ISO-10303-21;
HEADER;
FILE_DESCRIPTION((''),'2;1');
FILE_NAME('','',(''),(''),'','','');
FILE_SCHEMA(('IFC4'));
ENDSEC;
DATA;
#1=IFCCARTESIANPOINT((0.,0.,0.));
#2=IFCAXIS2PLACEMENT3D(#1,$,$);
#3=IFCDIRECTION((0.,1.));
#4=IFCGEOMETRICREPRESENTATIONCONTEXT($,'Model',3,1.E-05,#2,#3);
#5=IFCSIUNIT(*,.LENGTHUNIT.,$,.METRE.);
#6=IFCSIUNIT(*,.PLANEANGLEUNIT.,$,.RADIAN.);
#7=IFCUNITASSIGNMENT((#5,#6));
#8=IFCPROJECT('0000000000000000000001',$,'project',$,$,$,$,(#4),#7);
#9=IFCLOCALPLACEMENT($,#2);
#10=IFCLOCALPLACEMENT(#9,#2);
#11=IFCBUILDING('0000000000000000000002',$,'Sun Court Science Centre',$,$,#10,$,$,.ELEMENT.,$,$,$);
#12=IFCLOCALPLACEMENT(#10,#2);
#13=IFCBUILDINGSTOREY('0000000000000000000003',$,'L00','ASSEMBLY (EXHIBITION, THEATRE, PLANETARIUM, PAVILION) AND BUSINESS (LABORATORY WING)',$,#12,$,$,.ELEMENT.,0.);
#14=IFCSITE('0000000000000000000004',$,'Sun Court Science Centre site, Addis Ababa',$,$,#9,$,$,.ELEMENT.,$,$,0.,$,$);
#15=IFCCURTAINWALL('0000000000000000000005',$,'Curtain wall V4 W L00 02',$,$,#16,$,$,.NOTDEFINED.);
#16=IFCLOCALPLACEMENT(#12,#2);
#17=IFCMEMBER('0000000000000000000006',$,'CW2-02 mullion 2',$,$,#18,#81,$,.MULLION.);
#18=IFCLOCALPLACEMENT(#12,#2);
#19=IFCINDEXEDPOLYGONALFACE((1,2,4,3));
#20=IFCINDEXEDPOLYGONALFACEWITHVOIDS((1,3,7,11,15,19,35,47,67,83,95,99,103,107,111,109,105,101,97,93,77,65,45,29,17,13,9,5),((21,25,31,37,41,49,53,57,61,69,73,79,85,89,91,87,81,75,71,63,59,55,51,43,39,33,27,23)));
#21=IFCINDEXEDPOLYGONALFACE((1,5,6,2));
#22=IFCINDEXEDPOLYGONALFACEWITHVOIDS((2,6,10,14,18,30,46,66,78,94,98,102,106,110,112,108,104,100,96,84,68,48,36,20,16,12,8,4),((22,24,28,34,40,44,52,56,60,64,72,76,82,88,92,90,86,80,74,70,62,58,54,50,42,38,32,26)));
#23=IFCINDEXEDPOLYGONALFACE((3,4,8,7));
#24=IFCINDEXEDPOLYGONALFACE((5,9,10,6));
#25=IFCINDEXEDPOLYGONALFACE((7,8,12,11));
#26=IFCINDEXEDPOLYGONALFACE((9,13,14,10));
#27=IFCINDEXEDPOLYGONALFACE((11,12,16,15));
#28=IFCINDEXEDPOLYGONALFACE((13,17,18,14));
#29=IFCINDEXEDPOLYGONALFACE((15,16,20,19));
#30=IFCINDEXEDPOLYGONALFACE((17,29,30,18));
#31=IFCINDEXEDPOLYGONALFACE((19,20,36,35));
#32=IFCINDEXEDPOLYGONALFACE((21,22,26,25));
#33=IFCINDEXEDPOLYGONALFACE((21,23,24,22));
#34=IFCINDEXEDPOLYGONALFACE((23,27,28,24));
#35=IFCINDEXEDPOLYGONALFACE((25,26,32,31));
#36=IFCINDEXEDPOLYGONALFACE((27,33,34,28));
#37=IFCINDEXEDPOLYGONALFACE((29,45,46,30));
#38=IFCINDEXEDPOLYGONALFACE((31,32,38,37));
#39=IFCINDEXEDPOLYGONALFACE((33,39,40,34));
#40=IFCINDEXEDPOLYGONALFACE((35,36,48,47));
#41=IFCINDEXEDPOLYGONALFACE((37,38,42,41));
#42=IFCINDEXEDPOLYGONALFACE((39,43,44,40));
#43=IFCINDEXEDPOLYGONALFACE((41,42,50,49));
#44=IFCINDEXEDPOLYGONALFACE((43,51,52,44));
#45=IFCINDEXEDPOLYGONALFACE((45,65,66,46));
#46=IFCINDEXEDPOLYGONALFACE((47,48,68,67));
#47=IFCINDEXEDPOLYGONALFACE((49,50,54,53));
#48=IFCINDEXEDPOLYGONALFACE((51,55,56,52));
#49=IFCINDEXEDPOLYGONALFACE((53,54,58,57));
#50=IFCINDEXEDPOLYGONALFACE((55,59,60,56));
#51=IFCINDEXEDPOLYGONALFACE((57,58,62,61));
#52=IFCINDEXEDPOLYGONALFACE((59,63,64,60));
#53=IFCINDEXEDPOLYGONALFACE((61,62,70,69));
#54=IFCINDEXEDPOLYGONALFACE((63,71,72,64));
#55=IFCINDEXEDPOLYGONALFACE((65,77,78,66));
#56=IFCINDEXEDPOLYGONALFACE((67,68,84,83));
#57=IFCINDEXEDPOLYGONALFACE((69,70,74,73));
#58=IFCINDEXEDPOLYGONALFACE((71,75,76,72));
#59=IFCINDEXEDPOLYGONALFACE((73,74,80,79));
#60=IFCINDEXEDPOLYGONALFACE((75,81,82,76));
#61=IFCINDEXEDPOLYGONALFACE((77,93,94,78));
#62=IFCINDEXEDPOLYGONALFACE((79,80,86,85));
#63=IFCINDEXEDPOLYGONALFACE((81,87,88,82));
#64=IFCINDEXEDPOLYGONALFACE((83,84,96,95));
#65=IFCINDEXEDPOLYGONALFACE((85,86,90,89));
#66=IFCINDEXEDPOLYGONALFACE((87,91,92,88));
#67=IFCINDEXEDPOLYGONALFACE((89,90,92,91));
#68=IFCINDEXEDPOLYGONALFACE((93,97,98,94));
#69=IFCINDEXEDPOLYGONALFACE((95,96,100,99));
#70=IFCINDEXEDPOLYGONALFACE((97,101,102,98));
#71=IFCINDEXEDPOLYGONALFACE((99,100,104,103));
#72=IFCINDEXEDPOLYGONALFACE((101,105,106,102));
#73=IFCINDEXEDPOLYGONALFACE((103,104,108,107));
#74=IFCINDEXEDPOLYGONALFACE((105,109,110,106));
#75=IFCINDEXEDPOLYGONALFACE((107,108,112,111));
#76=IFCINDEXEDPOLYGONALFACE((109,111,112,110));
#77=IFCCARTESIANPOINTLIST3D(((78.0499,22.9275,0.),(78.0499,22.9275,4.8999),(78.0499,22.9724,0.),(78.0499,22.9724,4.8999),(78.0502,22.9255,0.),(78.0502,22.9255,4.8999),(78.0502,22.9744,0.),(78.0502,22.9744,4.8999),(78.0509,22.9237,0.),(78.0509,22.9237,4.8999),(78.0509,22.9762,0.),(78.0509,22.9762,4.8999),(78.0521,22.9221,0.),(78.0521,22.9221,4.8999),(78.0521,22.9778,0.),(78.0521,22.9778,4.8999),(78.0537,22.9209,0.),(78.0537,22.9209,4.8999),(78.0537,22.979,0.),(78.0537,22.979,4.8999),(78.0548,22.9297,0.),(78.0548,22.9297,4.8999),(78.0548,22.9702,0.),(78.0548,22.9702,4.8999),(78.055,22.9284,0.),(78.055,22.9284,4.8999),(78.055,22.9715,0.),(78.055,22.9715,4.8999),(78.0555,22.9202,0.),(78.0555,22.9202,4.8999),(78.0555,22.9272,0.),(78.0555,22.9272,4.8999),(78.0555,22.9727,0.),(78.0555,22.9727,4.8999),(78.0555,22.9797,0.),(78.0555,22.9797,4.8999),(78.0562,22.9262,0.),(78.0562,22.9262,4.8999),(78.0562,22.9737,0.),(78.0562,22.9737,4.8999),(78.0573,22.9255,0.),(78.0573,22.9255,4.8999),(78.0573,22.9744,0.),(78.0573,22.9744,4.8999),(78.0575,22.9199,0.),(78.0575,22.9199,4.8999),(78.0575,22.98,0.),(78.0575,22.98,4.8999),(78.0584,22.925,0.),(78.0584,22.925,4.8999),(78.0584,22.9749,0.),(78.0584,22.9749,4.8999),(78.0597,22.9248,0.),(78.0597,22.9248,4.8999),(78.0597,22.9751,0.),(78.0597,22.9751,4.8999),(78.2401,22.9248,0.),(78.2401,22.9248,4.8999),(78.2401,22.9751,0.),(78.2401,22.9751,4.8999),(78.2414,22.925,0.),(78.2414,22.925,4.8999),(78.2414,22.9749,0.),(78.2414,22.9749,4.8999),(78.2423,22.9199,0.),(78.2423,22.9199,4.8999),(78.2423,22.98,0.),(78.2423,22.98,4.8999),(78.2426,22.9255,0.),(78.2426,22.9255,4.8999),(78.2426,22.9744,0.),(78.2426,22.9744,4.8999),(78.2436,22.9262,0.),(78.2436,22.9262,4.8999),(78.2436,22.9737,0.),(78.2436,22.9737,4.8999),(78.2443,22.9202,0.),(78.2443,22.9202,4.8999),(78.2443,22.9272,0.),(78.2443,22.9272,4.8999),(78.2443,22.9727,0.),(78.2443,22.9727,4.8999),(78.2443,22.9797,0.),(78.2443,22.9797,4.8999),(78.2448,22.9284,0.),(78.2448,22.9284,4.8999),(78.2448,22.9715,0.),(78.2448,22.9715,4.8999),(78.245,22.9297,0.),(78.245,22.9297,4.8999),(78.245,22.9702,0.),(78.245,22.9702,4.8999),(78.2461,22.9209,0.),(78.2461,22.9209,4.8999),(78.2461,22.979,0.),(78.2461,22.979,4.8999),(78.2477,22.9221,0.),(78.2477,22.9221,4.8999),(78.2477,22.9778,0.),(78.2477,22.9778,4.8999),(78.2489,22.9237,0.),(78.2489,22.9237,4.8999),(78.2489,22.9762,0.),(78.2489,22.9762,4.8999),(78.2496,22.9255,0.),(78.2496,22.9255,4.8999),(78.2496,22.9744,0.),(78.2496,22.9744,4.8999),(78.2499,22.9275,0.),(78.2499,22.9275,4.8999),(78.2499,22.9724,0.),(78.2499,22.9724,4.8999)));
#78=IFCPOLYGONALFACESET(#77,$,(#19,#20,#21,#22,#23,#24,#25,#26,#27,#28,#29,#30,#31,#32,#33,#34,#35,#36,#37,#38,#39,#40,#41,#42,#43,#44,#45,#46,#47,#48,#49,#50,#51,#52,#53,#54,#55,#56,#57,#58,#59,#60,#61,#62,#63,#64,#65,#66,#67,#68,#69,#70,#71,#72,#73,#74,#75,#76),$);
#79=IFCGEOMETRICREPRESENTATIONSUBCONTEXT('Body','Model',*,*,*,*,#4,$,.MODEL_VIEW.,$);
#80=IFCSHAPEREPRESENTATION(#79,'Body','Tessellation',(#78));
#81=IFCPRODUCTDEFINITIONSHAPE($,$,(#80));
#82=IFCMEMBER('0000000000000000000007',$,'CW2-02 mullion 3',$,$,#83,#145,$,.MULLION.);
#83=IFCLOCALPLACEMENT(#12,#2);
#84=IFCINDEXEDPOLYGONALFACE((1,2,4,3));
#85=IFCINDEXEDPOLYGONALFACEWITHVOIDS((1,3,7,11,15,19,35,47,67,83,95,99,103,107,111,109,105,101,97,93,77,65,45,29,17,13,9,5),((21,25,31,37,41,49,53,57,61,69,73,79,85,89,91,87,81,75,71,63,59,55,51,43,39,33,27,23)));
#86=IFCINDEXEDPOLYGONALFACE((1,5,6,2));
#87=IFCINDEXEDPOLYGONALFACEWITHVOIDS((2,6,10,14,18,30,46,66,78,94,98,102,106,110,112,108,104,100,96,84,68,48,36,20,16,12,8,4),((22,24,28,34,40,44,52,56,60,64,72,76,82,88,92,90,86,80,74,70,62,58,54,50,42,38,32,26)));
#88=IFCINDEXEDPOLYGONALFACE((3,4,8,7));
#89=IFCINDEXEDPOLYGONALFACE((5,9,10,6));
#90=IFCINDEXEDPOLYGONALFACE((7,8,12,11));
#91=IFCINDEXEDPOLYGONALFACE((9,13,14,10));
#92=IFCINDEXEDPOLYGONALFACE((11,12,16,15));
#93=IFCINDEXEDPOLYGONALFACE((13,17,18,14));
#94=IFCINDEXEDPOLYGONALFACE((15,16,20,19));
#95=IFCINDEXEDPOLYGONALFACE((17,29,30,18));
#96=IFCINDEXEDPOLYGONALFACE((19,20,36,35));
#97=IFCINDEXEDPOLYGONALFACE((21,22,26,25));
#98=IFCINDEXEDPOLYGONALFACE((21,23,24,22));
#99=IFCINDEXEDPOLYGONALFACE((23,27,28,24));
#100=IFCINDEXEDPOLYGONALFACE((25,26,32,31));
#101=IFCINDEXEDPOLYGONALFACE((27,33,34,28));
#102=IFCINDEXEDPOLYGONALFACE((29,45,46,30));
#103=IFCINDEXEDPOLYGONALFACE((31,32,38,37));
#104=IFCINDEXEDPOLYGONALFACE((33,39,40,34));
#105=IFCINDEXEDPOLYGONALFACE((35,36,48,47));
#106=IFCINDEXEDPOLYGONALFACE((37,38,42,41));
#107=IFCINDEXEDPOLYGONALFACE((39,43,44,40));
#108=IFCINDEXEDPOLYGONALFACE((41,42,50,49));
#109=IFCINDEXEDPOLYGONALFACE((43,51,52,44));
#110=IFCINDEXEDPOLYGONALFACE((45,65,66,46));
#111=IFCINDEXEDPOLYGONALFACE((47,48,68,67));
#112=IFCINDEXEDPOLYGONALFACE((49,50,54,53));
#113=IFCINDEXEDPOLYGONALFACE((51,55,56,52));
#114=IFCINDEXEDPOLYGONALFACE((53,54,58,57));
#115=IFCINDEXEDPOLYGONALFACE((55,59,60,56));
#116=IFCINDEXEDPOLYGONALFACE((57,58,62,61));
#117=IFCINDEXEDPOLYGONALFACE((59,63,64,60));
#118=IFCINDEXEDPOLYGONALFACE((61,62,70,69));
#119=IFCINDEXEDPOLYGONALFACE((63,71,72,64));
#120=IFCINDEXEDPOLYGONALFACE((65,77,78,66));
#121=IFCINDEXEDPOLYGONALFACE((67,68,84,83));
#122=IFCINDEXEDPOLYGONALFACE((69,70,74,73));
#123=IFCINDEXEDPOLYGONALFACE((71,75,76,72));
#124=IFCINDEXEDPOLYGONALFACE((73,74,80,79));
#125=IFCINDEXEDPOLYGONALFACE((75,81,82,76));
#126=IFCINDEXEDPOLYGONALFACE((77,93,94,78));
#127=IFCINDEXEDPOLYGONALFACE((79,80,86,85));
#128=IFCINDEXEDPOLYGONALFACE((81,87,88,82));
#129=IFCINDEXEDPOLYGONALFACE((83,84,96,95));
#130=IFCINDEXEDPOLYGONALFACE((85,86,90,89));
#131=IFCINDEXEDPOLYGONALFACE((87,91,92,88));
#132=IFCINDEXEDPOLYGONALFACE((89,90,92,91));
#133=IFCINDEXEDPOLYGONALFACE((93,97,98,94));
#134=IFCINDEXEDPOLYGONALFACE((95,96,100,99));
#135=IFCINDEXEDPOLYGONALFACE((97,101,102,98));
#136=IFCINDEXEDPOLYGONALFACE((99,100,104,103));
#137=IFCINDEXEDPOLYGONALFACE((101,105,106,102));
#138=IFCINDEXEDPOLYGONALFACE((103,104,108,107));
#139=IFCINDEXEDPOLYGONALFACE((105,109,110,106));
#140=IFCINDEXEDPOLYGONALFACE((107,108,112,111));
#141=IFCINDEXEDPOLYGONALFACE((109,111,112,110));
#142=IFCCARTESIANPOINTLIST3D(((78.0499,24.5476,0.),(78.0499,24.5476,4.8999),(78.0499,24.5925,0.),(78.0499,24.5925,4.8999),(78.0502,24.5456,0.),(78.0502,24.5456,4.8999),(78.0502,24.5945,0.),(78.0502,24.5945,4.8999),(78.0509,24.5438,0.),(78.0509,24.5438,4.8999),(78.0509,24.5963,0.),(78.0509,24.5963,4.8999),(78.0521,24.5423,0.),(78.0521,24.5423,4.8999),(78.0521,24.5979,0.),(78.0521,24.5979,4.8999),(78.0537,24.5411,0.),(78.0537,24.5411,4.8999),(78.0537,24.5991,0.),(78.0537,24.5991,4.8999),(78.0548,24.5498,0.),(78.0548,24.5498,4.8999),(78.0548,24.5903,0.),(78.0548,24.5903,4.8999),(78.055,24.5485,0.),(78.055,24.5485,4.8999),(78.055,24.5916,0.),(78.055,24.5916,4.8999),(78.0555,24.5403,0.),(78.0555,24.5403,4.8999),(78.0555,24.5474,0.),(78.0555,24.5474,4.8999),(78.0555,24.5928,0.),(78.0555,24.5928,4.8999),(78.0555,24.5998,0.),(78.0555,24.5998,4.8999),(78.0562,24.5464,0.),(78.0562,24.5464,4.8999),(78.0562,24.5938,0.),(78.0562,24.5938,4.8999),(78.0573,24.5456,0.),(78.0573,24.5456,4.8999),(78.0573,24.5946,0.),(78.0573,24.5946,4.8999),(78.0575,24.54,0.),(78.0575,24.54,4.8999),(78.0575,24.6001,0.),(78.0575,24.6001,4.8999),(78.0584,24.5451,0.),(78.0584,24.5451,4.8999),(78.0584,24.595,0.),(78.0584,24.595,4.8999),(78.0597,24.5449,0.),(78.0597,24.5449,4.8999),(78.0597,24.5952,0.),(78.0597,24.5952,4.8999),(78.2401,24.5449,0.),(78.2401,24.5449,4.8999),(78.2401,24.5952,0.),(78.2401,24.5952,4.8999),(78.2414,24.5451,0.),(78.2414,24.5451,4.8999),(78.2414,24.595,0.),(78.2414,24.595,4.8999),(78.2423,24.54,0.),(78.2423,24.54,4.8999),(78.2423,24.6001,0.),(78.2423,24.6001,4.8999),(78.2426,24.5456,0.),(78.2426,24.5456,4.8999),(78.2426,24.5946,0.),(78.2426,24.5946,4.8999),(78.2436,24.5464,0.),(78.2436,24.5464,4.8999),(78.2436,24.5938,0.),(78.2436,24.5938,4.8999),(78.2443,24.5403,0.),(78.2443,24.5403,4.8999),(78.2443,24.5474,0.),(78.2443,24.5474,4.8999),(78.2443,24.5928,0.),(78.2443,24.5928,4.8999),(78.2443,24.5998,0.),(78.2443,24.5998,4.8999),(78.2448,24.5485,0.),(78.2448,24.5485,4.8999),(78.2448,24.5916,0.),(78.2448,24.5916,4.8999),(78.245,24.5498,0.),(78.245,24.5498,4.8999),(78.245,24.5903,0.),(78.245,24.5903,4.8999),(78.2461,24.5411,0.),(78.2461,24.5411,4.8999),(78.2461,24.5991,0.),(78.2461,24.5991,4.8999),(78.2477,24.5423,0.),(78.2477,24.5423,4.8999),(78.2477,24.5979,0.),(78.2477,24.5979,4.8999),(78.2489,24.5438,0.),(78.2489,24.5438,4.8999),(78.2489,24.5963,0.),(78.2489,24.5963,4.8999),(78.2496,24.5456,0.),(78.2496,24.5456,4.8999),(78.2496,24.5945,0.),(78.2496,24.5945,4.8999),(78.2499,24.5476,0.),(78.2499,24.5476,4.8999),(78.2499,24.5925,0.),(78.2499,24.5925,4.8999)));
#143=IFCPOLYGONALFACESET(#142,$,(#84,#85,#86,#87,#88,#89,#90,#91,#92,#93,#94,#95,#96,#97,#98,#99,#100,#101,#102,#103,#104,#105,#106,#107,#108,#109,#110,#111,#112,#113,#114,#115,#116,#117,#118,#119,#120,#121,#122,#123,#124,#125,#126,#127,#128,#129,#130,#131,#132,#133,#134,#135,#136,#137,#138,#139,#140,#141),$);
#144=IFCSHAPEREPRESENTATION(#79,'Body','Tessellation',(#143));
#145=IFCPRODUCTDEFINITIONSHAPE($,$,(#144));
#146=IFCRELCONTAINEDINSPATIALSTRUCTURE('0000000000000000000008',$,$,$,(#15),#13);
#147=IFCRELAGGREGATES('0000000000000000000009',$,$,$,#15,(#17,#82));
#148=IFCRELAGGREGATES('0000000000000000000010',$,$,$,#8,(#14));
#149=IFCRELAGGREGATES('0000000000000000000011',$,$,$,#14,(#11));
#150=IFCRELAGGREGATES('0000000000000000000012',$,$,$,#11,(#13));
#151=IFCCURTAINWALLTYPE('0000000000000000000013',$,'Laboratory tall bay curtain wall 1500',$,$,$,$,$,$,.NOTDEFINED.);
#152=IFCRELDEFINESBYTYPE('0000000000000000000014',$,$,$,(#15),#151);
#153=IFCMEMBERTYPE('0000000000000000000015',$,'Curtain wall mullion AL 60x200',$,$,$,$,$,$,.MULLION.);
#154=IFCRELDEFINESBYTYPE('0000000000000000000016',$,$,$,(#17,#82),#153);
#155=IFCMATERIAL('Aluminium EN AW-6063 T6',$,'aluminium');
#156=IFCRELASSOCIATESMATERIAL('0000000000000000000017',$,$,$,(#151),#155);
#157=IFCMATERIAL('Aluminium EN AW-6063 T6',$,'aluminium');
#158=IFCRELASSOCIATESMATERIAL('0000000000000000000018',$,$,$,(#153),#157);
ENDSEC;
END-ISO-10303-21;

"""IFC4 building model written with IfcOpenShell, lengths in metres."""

from ifc_helpers import new_model, si_unit, direction, frame, origin, origin_2d, place, context, subcontext, project, spatial, hollow_rectangle, extrude, material, material_profile, profile_set, type_object, element, aggregate, save


model = new_model("IFC4")

# Units and contexts
model_context = context("Model", 3, precision=1e-05, world=origin(), true_north=direction((0.0, 1.0)))
body_context = subcontext(model_context, "Body", "Model", "MODEL_VIEW")
ifc_project = project(units=[si_unit("LENGTHUNIT", "METRE"), si_unit("PLANEANGLEUNIT", "RADIAN")], contexts=[model_context])

# Site, building, storey
site_placement = place(None, origin())
site = spatial("IfcSite", under=ifc_project, at=site_placement, Name="Sun Court Science Centre site, Addis Ababa", CompositionType="ELEMENT", RefElevation=0.0)
building_placement = place(site_placement, origin())
building = spatial("IfcBuilding", under=site, at=building_placement, Name="Sun Court Science Centre", CompositionType="ELEMENT")
storey_placement = place(building_placement, origin())
storey = spatial("IfcBuildingStorey", under=building, at=storey_placement, Name="L00", Description="ASSEMBLY (EXHIBITION, THEATRE, PLANETARIUM, PAVILION) AND BUSINESS (LABORATORY WING)", CompositionType="ELEMENT", Elevation=0.0)

# Shared definitions
ifc_material_1 = material(Name="Aluminium EN AW-6063 T6", Category="aluminium")
curtain_wall_type = type_object("IfcCurtainWallType", Name="Laboratory tall bay curtain wall 1500", PredefinedType="NOTDEFINED", material=ifc_material_1)
ifc_material_2 = material(Name="Aluminium EN AW-6063 T6", Category="aluminium")
ifc_material_profile_1 = material_profile(ifc_material_2, hollow_rectangle(XDim=0.0601, YDim=0.2, WallThickness=0.0049, InnerFilletRadius=0.0049, OuterFilletRadius=0.0076, at=origin_2d()), Name="AL 60x200x5")
ifc_profile_set_1 = profile_set([ifc_material_profile_1], Name="Aluminium EN AW-6063 T6")
member_type_1 = type_object("IfcMemberType", Name="Curtain wall mullion AL 60x200", PredefinedType="MULLION", material=ifc_profile_set_1)

# Curtain wall, members
curtain_wall_1_placement = place(storey_placement, origin())
curtain_wall_1 = element("IfcCurtainWall", 1, at=curtain_wall_1_placement, inside=storey, type_object=curtain_wall_type, Name="Curtain wall V4 W L00 02", PredefinedType="NOTDEFINED")
member_1_placement = place(storey_placement, frame((78.1499, 22.95, 0.0), z_axis=(0.0, 0.0, 1.0), x_axis=(0.0, 1.0, 0.0)))
member_1 = element("IfcMember", 2, at=member_1_placement, type_object=member_type_1, Name="CW2-02 mullion 2", PredefinedType="MULLION", context=body_context, shape_type="SweptSolid", body=[
    extrude(hollow_rectangle(XDim=0.0601, YDim=0.2, WallThickness=0.0049, InnerFilletRadius=0.0049, OuterFilletRadius=0.0076, at=origin_2d()), origin(), (0.0, 0.0, 1.0), 4.8999),
])
member_2_placement = place(storey_placement, frame((78.1499, 24.5701, 0.0), z_axis=(0.0, 0.0, 1.0), x_axis=(0.0, 1.0, 0.0)))
member_2 = element("IfcMember", 3, at=member_2_placement, type_object=member_type_1, Name="CW2-02 mullion 3", PredefinedType="MULLION", context=body_context, shape_type="SweptSolid", body=[
    extrude(hollow_rectangle(XDim=0.0601, YDim=0.2, WallThickness=0.0049, InnerFilletRadius=0.0049, OuterFilletRadius=0.0076, at=origin_2d()), origin(), (0.0, 0.0, 1.0), 4.8999),
])

aggregate(curtain_wall_1, [member_1, member_2])

save(model, "model.ifc")
